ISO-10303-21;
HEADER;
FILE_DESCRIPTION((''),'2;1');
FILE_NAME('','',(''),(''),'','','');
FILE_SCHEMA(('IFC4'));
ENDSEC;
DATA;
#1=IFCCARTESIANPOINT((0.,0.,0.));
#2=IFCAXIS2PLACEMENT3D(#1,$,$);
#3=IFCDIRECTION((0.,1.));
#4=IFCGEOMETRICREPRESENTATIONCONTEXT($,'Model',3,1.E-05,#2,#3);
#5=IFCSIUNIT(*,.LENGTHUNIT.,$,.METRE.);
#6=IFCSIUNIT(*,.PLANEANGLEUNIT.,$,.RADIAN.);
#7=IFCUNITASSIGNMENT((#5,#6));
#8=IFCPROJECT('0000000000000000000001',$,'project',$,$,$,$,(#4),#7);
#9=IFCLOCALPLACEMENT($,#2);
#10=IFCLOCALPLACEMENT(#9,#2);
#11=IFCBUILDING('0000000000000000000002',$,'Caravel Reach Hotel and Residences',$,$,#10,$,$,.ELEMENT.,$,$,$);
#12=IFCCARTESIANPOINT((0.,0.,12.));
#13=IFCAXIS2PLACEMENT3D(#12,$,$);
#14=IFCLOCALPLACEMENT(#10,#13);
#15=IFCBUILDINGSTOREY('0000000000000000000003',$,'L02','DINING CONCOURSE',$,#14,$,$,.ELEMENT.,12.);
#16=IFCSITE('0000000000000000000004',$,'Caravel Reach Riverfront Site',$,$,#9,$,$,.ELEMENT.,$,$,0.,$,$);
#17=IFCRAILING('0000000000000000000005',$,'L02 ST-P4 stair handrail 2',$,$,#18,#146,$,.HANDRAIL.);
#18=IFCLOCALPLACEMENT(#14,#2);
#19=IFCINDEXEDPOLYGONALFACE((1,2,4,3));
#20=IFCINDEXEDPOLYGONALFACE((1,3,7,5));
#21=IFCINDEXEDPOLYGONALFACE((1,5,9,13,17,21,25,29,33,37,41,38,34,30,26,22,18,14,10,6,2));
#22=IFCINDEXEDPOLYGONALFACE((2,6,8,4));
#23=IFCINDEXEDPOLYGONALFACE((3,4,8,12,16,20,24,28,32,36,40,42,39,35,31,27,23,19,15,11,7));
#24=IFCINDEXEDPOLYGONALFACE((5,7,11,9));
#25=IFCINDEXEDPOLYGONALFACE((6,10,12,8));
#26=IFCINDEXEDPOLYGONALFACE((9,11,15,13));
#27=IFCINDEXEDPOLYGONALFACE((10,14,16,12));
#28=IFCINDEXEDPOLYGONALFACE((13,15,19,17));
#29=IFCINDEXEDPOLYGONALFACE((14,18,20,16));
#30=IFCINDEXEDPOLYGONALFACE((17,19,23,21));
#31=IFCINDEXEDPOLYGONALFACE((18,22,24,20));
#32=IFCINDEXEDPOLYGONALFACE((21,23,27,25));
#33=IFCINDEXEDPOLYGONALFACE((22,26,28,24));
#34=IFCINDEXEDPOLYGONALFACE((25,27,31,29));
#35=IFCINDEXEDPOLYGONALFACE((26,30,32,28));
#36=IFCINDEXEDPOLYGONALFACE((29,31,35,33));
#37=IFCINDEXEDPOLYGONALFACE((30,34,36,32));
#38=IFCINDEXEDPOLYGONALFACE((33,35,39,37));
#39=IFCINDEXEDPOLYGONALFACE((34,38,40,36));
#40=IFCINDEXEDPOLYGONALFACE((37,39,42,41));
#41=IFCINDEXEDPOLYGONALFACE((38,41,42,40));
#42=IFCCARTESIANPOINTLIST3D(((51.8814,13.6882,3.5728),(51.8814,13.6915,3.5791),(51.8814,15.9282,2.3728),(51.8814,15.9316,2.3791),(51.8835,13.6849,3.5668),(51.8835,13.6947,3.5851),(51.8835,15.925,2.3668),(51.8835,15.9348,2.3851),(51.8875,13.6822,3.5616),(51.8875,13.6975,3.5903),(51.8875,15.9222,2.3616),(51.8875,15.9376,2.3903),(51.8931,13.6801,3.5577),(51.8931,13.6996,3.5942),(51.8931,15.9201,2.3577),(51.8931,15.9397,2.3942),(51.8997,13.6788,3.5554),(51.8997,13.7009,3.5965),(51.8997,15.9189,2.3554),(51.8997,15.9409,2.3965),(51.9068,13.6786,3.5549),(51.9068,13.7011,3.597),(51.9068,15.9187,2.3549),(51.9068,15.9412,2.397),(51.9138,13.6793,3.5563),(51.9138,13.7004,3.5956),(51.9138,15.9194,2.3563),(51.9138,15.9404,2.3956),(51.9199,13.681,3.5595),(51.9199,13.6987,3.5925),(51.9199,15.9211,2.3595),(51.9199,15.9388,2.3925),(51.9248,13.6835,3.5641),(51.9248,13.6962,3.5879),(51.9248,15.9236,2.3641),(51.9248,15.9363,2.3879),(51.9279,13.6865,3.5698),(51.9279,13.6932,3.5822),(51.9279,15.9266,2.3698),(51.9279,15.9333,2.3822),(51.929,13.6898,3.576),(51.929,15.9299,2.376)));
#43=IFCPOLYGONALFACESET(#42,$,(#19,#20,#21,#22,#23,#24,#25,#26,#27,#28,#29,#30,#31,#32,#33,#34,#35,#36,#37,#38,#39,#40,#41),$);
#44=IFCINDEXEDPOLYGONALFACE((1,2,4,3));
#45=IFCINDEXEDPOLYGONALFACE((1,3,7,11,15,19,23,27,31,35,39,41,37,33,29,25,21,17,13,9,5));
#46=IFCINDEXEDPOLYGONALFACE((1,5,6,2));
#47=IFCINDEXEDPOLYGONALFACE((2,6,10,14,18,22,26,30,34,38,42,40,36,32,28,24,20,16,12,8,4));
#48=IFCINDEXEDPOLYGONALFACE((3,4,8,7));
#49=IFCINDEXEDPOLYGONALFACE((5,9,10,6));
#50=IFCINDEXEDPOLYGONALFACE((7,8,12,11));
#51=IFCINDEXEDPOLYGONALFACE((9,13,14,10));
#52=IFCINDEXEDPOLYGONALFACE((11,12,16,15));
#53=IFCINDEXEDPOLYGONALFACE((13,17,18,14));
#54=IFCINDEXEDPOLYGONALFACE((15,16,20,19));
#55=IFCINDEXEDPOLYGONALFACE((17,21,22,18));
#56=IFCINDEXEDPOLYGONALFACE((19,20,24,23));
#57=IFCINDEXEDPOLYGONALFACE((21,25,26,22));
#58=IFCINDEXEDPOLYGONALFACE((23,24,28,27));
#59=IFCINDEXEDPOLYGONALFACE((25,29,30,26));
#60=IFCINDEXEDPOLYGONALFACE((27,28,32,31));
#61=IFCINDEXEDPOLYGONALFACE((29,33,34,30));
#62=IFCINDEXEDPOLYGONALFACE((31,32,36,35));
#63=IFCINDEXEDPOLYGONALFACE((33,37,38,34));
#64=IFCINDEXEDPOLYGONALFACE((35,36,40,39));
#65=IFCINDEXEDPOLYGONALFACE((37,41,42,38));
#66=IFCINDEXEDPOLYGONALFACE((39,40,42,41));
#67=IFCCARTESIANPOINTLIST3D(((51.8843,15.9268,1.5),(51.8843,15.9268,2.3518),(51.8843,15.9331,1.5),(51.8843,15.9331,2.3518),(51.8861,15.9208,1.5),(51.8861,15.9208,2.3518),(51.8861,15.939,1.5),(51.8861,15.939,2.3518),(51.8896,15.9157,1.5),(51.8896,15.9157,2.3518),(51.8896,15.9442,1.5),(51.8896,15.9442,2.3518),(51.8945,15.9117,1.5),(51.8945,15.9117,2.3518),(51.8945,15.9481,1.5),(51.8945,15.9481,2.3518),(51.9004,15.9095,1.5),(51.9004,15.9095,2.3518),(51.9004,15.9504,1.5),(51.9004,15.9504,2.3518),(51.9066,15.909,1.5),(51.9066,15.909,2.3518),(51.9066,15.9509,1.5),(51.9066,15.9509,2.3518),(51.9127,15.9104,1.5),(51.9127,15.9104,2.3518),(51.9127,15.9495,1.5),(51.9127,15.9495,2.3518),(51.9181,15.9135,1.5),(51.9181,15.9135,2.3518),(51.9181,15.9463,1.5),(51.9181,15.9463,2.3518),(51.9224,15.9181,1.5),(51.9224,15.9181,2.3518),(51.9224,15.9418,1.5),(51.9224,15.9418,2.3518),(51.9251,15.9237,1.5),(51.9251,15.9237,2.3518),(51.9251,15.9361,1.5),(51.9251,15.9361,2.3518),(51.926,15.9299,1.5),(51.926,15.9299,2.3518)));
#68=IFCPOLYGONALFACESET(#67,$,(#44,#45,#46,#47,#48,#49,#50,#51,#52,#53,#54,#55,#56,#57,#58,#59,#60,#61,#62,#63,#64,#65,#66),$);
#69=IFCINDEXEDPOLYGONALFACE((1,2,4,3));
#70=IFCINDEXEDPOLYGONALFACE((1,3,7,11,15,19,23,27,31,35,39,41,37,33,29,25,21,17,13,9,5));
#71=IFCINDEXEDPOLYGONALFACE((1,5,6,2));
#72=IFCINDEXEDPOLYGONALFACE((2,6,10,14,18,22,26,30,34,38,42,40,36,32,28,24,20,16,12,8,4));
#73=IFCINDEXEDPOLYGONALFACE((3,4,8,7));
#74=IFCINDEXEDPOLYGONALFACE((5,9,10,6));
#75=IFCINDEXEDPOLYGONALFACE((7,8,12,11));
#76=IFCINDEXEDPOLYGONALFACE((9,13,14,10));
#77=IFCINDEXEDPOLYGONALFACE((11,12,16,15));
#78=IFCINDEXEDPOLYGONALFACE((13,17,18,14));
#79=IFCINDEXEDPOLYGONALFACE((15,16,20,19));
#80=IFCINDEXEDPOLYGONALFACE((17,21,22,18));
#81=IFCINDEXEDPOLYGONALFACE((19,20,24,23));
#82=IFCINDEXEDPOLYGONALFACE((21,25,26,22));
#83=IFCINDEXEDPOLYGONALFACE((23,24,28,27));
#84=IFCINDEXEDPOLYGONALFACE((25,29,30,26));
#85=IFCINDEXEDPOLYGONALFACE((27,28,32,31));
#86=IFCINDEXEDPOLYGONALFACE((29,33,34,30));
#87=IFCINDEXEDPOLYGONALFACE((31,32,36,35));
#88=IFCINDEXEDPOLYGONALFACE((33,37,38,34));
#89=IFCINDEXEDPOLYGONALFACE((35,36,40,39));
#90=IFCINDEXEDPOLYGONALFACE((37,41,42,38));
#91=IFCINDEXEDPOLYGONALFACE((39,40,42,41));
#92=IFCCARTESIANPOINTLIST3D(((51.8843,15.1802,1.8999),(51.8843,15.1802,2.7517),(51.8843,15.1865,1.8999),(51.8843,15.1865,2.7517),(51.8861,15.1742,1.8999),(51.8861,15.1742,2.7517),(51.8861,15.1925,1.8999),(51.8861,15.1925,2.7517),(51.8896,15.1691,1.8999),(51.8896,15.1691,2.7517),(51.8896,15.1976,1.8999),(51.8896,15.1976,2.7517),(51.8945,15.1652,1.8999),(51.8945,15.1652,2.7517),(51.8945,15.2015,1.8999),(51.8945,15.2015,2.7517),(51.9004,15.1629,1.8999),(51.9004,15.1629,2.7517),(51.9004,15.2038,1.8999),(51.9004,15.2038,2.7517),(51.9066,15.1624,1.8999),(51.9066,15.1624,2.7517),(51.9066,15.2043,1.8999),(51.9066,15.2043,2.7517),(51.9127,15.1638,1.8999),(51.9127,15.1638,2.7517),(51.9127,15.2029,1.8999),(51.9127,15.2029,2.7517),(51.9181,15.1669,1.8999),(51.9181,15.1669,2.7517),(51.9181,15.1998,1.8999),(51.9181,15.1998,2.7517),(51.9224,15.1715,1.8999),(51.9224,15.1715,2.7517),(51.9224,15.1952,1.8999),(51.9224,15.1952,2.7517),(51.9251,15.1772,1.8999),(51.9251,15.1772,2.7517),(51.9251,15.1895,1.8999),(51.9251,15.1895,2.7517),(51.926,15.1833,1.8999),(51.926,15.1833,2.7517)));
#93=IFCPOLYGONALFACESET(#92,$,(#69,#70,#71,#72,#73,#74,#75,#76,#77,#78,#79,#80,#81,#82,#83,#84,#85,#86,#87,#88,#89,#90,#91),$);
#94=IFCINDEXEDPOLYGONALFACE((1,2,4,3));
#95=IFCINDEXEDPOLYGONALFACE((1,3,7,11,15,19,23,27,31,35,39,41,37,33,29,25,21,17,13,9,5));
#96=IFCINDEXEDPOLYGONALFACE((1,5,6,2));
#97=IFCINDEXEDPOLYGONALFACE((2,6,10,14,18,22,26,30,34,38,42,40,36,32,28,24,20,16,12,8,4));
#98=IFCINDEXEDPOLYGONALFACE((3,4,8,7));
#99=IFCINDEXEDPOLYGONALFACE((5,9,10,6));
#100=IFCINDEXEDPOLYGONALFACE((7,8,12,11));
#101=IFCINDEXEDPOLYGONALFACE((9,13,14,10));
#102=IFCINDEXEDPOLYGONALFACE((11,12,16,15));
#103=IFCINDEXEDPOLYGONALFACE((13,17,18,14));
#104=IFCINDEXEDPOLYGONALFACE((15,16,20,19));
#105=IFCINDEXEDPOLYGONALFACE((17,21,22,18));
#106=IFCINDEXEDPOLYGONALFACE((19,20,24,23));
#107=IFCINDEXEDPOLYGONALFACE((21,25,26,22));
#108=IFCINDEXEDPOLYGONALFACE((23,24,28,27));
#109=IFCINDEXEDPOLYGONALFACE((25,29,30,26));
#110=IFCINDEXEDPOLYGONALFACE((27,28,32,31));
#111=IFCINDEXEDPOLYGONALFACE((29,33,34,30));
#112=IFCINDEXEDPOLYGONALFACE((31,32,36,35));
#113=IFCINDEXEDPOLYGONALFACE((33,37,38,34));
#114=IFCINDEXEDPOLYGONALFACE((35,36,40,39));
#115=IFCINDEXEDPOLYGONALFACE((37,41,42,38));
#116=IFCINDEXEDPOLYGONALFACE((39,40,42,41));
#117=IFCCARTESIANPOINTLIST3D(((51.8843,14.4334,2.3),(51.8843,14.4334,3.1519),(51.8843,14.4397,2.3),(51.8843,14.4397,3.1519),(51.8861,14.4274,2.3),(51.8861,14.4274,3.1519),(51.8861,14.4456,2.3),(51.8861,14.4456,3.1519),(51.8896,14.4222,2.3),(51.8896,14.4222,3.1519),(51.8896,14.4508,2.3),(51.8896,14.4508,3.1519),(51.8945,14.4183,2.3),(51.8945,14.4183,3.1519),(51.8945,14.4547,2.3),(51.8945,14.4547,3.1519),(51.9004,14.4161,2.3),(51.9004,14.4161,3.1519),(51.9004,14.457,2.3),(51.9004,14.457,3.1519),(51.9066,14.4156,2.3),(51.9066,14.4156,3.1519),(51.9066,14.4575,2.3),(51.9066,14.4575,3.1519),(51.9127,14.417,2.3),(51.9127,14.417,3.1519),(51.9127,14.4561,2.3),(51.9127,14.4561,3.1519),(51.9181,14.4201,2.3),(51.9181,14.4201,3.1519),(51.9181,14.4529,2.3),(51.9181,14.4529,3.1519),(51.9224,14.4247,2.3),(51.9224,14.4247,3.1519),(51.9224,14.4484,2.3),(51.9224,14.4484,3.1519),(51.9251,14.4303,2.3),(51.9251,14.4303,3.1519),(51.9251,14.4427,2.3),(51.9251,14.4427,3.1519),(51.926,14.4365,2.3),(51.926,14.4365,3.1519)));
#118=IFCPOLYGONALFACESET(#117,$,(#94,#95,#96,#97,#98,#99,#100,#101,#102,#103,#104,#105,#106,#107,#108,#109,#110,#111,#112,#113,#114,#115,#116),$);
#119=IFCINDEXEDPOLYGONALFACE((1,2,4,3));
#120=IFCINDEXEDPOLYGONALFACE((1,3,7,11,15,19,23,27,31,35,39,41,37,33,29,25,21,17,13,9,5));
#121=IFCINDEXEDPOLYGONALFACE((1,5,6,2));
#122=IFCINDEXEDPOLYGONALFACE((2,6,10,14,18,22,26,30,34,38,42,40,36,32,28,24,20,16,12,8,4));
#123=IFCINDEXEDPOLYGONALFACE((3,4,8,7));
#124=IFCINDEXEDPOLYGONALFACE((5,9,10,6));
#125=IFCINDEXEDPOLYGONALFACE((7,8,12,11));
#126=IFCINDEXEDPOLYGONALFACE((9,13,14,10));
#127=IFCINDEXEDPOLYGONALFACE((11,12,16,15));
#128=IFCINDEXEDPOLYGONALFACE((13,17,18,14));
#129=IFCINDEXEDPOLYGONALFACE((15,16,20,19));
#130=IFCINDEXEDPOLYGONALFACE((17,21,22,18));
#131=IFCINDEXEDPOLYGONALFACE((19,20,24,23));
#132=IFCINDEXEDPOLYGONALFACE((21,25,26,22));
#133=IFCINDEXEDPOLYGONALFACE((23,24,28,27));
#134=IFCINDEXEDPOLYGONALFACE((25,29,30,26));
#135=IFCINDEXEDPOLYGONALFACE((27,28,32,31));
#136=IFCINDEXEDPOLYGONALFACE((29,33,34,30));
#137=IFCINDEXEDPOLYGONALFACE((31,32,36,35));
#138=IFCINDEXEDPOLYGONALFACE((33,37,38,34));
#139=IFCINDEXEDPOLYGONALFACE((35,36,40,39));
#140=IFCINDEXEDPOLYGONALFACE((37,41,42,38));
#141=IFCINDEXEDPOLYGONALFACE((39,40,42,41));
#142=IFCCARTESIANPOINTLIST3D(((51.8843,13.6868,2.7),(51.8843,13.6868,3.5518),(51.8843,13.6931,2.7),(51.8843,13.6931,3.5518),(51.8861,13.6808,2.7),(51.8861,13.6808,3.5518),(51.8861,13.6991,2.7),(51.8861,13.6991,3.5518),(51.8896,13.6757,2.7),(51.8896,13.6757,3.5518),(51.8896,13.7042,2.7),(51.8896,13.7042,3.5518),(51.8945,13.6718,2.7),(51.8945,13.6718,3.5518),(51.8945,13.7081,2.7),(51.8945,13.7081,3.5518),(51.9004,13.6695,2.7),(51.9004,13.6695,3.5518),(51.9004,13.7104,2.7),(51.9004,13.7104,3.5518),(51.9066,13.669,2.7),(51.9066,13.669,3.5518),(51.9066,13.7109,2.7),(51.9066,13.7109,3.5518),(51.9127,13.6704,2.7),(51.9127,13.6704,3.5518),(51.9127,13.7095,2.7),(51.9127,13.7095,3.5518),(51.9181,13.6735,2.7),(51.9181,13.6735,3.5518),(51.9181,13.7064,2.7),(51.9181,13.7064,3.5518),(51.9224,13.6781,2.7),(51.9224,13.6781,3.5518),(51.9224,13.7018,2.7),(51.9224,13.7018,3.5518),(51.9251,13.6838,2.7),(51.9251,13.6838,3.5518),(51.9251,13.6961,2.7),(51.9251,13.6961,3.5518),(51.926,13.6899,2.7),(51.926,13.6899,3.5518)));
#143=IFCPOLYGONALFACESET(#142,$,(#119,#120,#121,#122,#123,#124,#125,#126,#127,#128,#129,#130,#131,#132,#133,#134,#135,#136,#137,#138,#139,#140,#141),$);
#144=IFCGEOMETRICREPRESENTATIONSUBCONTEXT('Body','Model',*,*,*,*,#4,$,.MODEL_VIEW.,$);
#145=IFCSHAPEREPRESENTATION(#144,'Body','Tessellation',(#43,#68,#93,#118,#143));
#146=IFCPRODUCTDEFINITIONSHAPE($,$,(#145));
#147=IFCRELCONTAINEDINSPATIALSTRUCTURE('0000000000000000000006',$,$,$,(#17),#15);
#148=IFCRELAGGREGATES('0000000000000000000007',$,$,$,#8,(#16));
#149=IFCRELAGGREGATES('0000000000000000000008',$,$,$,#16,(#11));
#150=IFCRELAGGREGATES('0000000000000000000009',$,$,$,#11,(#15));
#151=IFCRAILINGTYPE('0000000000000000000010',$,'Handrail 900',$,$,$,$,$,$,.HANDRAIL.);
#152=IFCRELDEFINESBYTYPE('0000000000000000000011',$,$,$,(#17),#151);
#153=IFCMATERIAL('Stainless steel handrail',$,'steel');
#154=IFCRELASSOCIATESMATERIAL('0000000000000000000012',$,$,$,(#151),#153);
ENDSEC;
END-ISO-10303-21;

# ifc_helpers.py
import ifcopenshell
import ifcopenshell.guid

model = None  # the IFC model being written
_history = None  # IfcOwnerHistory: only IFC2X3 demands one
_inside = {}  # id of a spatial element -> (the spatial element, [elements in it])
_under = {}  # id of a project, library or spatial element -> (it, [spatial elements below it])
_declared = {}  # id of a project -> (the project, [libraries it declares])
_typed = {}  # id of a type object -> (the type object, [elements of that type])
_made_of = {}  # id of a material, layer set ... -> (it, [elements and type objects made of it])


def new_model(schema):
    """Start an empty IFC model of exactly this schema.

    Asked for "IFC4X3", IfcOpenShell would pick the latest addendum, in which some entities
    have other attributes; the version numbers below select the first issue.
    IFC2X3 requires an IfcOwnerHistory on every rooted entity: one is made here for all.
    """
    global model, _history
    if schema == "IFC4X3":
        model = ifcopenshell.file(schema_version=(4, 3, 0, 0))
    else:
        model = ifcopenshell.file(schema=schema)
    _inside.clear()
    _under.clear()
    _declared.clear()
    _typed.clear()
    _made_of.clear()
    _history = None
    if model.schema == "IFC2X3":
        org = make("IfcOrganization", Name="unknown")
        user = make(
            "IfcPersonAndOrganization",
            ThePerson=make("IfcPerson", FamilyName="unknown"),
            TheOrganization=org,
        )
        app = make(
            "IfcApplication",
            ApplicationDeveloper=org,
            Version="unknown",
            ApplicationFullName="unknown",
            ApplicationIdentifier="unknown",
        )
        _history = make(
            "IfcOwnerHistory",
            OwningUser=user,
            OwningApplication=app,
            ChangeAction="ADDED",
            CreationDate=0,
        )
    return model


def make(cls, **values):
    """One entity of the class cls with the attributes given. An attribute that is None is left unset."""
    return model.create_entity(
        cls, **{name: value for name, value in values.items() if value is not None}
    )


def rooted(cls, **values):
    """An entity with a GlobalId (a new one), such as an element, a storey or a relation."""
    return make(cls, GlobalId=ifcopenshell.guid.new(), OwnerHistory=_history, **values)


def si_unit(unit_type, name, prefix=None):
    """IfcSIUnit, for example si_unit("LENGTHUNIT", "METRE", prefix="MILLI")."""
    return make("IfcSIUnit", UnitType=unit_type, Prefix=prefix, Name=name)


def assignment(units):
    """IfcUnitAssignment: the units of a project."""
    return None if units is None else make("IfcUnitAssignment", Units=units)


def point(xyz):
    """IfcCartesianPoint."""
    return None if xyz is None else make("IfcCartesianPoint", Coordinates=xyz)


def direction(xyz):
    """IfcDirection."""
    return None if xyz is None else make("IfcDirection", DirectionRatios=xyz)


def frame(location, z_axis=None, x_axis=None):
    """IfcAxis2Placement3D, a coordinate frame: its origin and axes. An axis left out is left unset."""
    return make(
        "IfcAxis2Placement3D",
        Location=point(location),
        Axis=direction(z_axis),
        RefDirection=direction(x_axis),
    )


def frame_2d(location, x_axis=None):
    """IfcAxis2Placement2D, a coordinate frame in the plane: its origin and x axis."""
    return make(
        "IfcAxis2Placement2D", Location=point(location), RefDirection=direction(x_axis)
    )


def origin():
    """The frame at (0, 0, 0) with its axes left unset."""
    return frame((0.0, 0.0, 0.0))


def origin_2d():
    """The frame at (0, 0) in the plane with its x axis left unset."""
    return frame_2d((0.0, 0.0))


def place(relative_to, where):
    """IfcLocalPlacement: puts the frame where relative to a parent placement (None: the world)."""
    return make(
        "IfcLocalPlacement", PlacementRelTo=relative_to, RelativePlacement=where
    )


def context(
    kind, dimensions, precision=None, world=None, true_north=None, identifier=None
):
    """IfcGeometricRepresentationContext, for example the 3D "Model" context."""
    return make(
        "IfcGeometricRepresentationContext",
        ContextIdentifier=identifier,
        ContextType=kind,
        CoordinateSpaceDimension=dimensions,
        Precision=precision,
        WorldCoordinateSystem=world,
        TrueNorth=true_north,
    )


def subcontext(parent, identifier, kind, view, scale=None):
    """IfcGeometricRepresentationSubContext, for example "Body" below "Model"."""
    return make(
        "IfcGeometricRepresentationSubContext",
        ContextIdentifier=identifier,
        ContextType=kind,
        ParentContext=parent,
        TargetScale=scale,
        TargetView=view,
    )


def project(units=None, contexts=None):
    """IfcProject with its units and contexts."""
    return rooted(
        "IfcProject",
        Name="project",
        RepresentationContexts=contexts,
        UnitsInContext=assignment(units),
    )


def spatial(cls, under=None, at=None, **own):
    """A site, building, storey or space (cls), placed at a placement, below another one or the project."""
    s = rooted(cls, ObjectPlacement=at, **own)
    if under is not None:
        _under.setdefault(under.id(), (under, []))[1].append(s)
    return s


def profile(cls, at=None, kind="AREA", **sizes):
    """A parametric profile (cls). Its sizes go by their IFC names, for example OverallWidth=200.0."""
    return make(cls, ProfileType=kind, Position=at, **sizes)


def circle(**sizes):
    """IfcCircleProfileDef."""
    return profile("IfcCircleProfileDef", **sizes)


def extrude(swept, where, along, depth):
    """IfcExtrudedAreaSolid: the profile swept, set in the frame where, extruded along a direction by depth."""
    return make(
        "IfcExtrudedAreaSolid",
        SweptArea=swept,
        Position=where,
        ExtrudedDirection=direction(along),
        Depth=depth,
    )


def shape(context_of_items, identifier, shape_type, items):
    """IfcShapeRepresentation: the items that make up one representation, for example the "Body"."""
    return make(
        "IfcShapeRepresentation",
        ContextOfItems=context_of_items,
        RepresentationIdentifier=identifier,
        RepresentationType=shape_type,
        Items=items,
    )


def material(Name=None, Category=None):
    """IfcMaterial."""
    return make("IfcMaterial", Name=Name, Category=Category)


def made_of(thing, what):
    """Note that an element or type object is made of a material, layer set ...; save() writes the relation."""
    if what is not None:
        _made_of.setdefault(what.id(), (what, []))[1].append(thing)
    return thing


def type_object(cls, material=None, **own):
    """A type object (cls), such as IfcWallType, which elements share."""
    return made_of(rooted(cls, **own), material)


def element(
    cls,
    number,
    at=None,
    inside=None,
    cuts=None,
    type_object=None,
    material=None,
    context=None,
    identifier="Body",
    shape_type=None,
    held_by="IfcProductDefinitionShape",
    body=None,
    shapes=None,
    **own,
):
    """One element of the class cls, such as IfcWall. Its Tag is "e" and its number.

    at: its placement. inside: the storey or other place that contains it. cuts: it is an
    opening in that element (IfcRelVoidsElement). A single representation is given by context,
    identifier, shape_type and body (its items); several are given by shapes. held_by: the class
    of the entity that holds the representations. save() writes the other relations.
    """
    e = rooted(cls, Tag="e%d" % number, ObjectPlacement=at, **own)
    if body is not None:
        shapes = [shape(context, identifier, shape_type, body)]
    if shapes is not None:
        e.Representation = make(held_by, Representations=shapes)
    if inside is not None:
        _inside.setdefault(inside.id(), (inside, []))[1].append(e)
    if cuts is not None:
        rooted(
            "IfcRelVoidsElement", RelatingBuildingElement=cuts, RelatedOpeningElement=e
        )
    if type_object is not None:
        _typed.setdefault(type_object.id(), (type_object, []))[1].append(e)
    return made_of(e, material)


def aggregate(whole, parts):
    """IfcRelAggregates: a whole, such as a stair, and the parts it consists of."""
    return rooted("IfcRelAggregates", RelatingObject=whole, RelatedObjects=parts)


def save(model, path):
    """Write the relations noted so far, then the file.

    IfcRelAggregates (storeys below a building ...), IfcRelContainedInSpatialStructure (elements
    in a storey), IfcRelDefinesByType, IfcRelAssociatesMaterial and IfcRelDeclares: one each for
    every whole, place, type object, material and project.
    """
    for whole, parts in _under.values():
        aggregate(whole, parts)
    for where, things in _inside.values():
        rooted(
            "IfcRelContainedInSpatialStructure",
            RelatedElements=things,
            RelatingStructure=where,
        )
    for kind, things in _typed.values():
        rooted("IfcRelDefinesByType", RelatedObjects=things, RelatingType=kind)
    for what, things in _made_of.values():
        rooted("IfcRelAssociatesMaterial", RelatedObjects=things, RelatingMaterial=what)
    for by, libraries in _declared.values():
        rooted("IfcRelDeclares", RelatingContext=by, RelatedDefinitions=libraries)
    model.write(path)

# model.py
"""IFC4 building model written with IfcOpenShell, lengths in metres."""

from ifc_helpers import new_model, si_unit, direction, frame, origin, origin_2d, place, context, subcontext, project, spatial, circle, extrude, material, type_object, element, save


model = new_model("IFC4")

# Units and contexts
model_context = context("Model", 3, precision=1e-05, world=origin(), true_north=direction((0.0, 1.0)))
body_context = subcontext(model_context, "Body", "Model", "MODEL_VIEW")
ifc_project = project(units=[si_unit("LENGTHUNIT", "METRE"), si_unit("PLANEANGLEUNIT", "RADIAN")], contexts=[model_context])

# Site, building, storey
site_placement = place(None, origin())
site = spatial("IfcSite", under=ifc_project, at=site_placement, Name="Caravel Reach Riverfront Site", CompositionType="ELEMENT", RefElevation=0.0)
building_placement = place(site_placement, origin())
building = spatial("IfcBuilding", under=site, at=building_placement, Name="Caravel Reach Hotel and Residences", CompositionType="ELEMENT")
storey_placement = place(building_placement, frame((0.0, 0.0, 12.0)))
storey = spatial("IfcBuildingStorey", under=building, at=storey_placement, Name="L02", Description="DINING CONCOURSE", CompositionType="ELEMENT", Elevation=12.0)

# Railing
ifc_material_1 = material(Name="Stainless steel handrail", Category="steel")
railing_type_1 = type_object("IfcRailingType", Name="Handrail 900", PredefinedType="HANDRAIL", material=ifc_material_1)
for number, where, name in (
    (1, (51.905, 15.9299, 1.5), "L02 ST-P4 stair handrail 2"),
):
    element("IfcRailing", number, at=place(storey_placement, frame(where)), inside=storey, type_object=railing_type_1, Name=name, PredefinedType="HANDRAIL", context=body_context, shape_type="SweptSolid", body=[
        extrude(circle(Radius=0.0239, at=origin_2d()), frame((0.0, 0.0, 0.876), z_axis=(0.0, -0.881487, 0.472208), x_axis=(1.0, 0.0, 0.0)), (0.0, 0.0, 1.0), 2.5413),
        extrude(circle(Radius=0.021, at=origin_2d()), origin(), (0.0, 0.0, 1.0), 0.8518),
        extrude(circle(Radius=0.021, at=origin_2d()), frame((0.0, -0.7466, 0.3999)), (0.0, 0.0, 1.0), 0.8518),
        extrude(circle(Radius=0.021, at=origin_2d()), frame((0.0, -1.4934, 0.8)), (0.0, 0.0, 1.0), 0.8518),
        extrude(circle(Radius=0.021, at=origin_2d()), frame((0.0, -2.24, 1.2)), (0.0, 0.0, 1.0), 0.8518),
    ])

save(model, "model.ifc")
